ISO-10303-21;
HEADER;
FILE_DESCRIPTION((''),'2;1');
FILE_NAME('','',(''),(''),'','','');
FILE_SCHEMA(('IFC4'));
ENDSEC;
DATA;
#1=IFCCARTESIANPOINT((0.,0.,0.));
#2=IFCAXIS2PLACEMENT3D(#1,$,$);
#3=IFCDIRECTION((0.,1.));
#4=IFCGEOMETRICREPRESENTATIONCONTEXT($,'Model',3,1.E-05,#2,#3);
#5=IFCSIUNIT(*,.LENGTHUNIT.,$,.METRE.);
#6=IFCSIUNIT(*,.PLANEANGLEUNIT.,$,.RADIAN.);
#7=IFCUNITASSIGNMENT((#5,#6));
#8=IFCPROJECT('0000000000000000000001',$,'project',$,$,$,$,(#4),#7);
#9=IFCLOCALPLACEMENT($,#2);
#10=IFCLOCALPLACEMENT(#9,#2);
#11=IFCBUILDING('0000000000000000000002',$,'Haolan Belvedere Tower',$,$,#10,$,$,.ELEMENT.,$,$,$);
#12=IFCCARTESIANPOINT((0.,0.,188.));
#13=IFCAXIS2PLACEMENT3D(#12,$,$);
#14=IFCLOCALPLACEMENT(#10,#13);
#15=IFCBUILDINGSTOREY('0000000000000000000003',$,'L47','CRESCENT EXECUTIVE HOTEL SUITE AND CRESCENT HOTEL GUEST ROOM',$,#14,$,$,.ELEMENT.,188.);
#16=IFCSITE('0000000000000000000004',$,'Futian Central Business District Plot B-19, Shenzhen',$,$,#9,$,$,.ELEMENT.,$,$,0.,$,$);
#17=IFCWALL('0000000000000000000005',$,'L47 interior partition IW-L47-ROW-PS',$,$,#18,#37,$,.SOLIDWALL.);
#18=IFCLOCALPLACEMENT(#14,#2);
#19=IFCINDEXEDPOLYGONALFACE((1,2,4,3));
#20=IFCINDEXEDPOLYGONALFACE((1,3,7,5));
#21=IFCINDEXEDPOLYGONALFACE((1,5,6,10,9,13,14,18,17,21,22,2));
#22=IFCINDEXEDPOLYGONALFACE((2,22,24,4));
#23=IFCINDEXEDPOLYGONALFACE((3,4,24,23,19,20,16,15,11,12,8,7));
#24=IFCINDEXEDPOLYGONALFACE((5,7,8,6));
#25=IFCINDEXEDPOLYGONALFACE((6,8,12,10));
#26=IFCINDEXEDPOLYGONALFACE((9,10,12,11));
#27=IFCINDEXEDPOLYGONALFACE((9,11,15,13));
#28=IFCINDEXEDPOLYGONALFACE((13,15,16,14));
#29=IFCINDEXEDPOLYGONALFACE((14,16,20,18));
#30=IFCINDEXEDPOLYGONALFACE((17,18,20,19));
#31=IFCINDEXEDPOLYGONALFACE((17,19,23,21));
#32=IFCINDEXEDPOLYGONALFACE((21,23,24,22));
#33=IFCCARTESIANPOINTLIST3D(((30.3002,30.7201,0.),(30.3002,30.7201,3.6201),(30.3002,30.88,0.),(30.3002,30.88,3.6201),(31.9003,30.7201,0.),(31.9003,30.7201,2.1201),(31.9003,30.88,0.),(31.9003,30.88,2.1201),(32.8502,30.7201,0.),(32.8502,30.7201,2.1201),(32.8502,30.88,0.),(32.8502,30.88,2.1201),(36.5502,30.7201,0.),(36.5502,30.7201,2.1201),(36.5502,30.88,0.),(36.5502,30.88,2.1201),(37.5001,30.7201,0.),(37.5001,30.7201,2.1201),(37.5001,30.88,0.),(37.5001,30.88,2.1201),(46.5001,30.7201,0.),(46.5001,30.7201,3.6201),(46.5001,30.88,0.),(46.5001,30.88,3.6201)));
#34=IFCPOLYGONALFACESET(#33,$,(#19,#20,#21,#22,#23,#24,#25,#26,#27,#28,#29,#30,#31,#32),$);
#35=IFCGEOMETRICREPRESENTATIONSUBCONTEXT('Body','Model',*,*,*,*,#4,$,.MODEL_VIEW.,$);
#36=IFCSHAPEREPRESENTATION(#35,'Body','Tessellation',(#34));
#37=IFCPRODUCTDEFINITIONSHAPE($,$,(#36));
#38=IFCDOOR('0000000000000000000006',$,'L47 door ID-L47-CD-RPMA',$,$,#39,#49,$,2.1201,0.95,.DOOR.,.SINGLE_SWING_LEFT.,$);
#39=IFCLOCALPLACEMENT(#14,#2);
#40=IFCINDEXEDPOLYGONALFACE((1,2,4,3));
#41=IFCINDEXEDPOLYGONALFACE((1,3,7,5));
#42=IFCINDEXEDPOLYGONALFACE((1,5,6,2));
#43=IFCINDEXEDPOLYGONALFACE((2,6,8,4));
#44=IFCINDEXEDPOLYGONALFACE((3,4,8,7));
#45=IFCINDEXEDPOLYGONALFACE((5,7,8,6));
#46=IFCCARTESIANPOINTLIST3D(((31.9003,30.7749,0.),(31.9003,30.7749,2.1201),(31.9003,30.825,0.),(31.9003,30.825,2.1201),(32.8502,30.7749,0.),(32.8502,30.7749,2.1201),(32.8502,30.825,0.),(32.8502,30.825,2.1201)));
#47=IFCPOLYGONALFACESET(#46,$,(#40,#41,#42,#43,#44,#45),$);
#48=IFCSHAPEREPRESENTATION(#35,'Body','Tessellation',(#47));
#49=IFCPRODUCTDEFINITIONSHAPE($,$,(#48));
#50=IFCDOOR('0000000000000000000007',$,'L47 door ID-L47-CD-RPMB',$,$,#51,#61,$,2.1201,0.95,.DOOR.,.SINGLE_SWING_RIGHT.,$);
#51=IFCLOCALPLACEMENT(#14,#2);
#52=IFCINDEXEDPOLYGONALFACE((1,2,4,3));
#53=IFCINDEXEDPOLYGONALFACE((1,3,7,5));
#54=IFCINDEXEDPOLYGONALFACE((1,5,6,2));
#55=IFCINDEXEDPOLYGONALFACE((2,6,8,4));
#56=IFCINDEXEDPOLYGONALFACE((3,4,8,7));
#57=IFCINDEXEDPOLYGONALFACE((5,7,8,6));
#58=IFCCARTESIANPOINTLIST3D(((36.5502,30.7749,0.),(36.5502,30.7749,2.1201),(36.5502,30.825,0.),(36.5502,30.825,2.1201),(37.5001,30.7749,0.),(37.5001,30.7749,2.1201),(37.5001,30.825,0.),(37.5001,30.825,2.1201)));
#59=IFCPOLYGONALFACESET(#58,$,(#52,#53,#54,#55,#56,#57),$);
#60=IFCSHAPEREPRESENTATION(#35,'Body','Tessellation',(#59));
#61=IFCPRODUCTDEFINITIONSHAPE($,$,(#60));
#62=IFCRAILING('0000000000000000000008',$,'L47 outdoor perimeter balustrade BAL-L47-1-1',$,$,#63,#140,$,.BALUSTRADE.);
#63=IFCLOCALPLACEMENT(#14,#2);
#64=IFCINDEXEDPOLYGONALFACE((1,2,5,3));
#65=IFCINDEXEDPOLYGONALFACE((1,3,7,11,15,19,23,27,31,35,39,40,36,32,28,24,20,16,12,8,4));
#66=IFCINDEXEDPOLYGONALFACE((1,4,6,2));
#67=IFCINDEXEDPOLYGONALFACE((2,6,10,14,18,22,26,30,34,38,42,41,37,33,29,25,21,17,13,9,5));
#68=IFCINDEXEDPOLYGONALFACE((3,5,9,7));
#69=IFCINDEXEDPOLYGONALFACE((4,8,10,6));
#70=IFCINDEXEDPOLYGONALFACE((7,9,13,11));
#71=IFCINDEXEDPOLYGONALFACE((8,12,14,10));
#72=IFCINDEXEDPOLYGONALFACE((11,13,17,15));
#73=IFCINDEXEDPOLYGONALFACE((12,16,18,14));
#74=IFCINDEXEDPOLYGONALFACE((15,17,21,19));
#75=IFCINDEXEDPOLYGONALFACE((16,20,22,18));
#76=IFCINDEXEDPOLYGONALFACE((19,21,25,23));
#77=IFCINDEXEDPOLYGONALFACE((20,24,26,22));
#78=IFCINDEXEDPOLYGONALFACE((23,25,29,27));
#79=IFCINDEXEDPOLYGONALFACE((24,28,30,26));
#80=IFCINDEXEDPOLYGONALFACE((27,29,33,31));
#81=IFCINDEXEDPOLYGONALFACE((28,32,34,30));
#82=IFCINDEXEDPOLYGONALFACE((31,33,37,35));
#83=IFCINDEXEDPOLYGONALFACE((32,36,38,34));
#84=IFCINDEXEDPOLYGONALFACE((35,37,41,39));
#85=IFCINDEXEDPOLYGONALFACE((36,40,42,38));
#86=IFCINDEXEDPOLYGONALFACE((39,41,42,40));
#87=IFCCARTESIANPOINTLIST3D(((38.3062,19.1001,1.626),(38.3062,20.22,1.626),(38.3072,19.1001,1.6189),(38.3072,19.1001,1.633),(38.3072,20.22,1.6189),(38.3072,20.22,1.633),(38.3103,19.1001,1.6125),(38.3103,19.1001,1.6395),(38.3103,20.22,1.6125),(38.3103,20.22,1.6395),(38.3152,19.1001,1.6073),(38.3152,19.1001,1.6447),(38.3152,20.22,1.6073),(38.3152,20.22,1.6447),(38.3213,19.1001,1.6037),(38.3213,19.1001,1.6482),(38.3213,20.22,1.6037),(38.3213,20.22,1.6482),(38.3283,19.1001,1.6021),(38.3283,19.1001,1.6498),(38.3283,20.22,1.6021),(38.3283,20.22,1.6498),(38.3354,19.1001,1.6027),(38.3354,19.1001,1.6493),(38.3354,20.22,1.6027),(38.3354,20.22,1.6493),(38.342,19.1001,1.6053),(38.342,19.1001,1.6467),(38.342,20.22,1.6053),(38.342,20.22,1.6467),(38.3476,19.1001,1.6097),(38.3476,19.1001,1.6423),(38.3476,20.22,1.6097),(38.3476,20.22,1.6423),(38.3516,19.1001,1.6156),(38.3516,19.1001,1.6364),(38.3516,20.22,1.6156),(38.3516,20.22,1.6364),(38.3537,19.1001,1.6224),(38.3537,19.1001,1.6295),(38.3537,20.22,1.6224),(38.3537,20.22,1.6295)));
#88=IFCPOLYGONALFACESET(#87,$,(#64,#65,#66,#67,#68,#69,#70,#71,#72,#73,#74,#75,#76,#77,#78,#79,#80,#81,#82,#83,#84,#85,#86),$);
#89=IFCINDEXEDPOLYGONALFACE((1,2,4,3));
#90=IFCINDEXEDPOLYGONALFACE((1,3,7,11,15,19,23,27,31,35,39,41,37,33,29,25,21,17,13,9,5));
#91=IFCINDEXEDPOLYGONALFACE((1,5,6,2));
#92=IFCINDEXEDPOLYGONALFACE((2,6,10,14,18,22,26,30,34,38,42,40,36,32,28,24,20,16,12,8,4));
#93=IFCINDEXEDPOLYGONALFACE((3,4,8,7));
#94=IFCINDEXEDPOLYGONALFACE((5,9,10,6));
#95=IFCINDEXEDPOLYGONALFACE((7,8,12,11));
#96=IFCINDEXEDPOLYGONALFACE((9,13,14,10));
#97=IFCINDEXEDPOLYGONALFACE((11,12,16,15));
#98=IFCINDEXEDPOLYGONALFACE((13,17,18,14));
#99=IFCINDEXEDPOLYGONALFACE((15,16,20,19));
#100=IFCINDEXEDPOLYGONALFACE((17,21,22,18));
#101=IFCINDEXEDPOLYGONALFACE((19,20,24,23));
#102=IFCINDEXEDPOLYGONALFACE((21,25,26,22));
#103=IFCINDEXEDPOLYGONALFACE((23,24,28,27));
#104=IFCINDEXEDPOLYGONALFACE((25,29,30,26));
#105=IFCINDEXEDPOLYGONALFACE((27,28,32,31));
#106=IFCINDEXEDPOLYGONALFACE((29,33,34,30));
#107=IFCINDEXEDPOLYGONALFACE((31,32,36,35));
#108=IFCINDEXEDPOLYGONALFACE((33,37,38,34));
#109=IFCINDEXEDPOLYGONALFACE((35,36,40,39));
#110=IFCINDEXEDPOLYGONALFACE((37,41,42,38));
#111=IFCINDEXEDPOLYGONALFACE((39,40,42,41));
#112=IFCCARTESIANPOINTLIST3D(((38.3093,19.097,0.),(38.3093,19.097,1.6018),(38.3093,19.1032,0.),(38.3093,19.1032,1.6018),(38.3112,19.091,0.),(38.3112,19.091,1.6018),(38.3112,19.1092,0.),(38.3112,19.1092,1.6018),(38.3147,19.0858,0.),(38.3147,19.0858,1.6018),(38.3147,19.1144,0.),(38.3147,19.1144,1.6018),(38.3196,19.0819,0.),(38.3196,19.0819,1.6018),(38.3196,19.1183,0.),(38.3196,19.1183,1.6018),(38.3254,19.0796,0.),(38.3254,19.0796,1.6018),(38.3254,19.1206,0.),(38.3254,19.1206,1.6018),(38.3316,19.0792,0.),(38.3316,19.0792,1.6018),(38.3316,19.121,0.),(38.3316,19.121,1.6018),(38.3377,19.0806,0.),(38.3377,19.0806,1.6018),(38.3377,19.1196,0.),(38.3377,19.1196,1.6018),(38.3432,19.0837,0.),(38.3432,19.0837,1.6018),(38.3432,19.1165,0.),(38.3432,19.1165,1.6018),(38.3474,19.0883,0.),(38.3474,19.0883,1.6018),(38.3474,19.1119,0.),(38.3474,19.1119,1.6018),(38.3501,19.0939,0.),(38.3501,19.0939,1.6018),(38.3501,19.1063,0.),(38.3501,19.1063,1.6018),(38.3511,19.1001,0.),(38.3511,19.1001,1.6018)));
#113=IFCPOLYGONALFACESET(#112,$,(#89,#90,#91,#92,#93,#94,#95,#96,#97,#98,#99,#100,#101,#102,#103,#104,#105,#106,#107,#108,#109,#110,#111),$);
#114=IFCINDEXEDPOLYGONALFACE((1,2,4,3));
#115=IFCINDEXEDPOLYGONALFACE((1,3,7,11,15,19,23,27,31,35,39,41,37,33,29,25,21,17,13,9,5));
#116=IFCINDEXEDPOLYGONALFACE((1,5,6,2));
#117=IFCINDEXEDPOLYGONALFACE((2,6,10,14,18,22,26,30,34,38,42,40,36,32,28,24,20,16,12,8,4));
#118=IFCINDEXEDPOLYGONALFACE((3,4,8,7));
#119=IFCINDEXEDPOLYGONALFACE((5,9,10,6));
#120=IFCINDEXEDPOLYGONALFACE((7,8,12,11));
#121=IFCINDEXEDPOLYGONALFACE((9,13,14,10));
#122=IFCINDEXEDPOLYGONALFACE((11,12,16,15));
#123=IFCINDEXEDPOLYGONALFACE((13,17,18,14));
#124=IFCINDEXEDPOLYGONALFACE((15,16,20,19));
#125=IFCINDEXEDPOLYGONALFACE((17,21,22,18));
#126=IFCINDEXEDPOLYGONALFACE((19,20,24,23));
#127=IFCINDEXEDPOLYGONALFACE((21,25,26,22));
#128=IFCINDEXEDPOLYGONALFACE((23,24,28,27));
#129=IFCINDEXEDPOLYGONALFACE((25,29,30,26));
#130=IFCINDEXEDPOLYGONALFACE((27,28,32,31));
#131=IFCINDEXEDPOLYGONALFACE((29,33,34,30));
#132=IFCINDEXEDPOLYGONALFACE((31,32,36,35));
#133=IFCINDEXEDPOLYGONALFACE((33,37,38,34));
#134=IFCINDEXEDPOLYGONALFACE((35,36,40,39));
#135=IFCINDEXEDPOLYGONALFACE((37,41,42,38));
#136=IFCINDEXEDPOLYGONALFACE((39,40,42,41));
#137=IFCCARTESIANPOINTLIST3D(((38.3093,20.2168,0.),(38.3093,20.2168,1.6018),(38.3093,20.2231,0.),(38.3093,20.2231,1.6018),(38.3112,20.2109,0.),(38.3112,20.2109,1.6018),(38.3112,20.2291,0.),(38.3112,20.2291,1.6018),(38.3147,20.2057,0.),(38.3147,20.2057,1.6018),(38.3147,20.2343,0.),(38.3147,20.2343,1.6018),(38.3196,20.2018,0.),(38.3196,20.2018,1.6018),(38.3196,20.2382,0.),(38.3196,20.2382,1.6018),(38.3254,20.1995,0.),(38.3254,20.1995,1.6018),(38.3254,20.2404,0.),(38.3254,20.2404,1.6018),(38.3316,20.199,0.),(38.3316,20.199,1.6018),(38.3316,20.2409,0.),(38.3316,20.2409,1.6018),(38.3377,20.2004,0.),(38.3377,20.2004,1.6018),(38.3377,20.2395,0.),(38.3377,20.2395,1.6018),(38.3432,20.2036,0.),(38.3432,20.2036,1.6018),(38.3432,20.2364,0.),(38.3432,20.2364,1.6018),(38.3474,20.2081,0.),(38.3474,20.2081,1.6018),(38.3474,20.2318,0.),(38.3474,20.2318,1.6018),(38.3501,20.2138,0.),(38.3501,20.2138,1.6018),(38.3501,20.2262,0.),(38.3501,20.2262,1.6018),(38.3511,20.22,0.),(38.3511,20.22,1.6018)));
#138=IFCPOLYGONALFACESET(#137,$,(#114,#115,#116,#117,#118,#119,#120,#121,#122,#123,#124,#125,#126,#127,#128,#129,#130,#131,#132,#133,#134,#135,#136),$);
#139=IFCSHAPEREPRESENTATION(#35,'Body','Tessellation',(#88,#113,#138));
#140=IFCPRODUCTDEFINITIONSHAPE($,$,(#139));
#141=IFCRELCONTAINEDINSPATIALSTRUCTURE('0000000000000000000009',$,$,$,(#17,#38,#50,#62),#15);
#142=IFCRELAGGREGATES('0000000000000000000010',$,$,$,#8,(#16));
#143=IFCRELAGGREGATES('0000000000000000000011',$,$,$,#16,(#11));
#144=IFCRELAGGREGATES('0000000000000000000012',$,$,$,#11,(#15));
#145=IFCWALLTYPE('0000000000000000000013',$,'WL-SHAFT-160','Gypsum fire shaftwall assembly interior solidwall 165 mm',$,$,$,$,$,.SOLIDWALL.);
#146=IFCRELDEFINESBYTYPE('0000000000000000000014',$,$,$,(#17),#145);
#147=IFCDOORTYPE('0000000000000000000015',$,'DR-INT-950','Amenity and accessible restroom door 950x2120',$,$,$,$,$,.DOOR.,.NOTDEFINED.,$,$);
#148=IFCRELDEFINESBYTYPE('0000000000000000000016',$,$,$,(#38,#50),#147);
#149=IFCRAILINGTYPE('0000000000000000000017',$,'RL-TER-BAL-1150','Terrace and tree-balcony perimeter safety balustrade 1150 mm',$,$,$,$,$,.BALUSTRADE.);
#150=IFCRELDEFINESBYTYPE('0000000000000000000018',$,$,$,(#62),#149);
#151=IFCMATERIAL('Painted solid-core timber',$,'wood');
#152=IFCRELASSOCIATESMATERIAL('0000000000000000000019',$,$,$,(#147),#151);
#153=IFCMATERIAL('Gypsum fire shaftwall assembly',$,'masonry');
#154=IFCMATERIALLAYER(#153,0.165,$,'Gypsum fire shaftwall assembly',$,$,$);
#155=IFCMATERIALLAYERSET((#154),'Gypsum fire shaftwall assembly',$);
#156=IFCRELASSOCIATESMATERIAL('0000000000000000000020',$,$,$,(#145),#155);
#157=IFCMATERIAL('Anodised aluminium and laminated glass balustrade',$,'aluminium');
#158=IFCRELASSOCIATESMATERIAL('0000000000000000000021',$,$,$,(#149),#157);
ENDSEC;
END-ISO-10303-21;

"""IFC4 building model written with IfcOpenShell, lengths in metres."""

from ifc_helpers import new_model, si_unit, direction, frame, frame_2d, origin, origin_2d, place, context, subcontext, project, spatial, rectangle, circle, extrude, material, layer, layer_set, type_object, element, fill, save


model = new_model("IFC4")

# Units and contexts
model_context = context("Model", 3, precision=1e-05, world=origin(), true_north=direction((0.0, 1.0)))
body_context = subcontext(model_context, "Body", "Model", "MODEL_VIEW")
ifc_project = project(units=[si_unit("LENGTHUNIT", "METRE"), si_unit("PLANEANGLEUNIT", "RADIAN")], contexts=[model_context])

# Site, building, storey
site_placement = place(None, origin())
site = spatial("IfcSite", under=ifc_project, at=site_placement, Name="Futian Central Business District Plot B-19, Shenzhen", CompositionType="ELEMENT", RefElevation=0.0)
building_placement = place(site_placement, origin())
building = spatial("IfcBuilding", under=site, at=building_placement, Name="Haolan Belvedere Tower", CompositionType="ELEMENT")
storey_placement = place(building_placement, frame((0.0, 0.0, 188.0)))
storey = spatial("IfcBuildingStorey", under=building, at=storey_placement, Name="L47", Description="CRESCENT EXECUTIVE HOTEL SUITE AND CRESCENT HOTEL GUEST ROOM", CompositionType="ELEMENT", Elevation=188.0)

# Shared definitions
ifc_material_1 = material(Name="Painted solid-core timber", Category="wood")
door_type_1 = type_object("IfcDoorType", Name="DR-INT-950", Description="Amenity and accessible restroom door 950x2120", OperationType="NOTDEFINED", PredefinedType="DOOR", material=ifc_material_1)

# Wall, openings, doors
ifc_material_2 = material(Name="Gypsum fire shaftwall assembly", Category="masonry")
ifc_layer_1 = layer(ifc_material_2, 0.165, Name="Gypsum fire shaftwall assembly")
ifc_layer_set_1 = layer_set([ifc_layer_1], Name="Gypsum fire shaftwall assembly")
wall_type_1 = type_object("IfcWallType", Name="WL-SHAFT-160", Description="Gypsum fire shaftwall assembly interior solidwall 165 mm", PredefinedType="SOLIDWALL", material=ifc_layer_set_1)
wall_1_placement = place(storey_placement, frame((30.3, 30.8, 0.0), z_axis=(0.0, 0.0, 1.0), x_axis=(1.0, 0.0, 0.0)))
wall_1 = element("IfcWall", 1, at=wall_1_placement, inside=storey, type_object=wall_type_1, Name="L47 interior partition IW-L47-ROW-PS", PredefinedType="SOLIDWALL", context=body_context, shape_type="SweptSolid", body=[
    extrude(rectangle(XDim=16.2, YDim=0.1599, at=frame_2d((8.1001, 0.0))), origin(), (0.0, 0.0, 1.0), 3.6201),
])
opening_1_placement = place(wall_1_placement, frame((1.6001, 0.0, 0.0)))
opening_1 = element("IfcOpeningElement", 2, at=opening_1_placement, cuts=wall_1, PredefinedType="OPENING", context=body_context, shape_type="SweptSolid", body=[
    extrude(rectangle(XDim=0.95, YDim=2.1201, at=frame_2d((0.4751, 1.0601))), frame((0.0, 0.0898, 0.0), z_axis=(0.0, -1.0, 0.0), x_axis=(1.0, 0.0, 0.0)), (0.0, 0.0, 1.0), 0.1799),
])
opening_2_placement = place(wall_1_placement, frame((6.25, 0.0, 0.0)))
opening_2 = element("IfcOpeningElement", 3, at=opening_2_placement, cuts=wall_1, PredefinedType="OPENING", context=body_context, shape_type="SweptSolid", body=[
    extrude(rectangle(XDim=0.95, YDim=2.1201, at=frame_2d((0.4751, 1.0601))), frame((0.0, 0.0898, 0.0), z_axis=(0.0, -1.0, 0.0), x_axis=(1.0, 0.0, 0.0)), (0.0, 0.0, 1.0), 0.1799),
])
door_1_placement = place(opening_1_placement, origin())
door_1 = element("IfcDoor", 4, at=door_1_placement, inside=storey, type_object=door_type_1, Name="L47 door ID-L47-CD-RPMA", OperationType="SINGLE_SWING_LEFT", OverallHeight=2.1201, OverallWidth=0.95, PredefinedType="DOOR", context=body_context, shape_type="SweptSolid", body=[
    extrude(rectangle(XDim=0.95, YDim=2.1201, at=frame_2d((0.4751, 1.0601))), frame((0.0, 0.0249, 0.0), z_axis=(0.0, -1.0, 0.0), x_axis=(1.0, 0.0, 0.0)), (0.0, 0.0, 1.0), 0.05),
])
fill(opening_1, door_1)
door_2_placement = place(opening_2_placement, origin())
door_2 = element("IfcDoor", 5, at=door_2_placement, inside=storey, type_object=door_type_1, Name="L47 door ID-L47-CD-RPMB", OperationType="SINGLE_SWING_RIGHT", OverallHeight=2.1201, OverallWidth=0.95, PredefinedType="DOOR", context=body_context, shape_type="SweptSolid", body=[
    extrude(rectangle(XDim=0.95, YDim=2.1201, at=frame_2d((0.4751, 1.0601))), frame((0.0, 0.0249, 0.0), z_axis=(0.0, -1.0, 0.0), x_axis=(1.0, 0.0, 0.0)), (0.0, 0.0, 1.0), 0.05),
])
fill(opening_2, door_2)

# Railing
ifc_material_3 = material(Name="Anodised aluminium and laminated glass balustrade", Category="aluminium")
railing_type = type_object("IfcRailingType", Name="RL-TER-BAL-1150", Description="Terrace and tree-balcony perimeter safety balustrade 1150 mm", PredefinedType="BALUSTRADE", material=ifc_material_3)
railing_placement = place(storey_placement, frame((38.3301, 19.1001, 0.0)))
element("IfcRailing", 6, at=railing_placement, inside=storey, type_object=railing_type, Name="L47 outdoor perimeter balustrade BAL-L47-1-1", PredefinedType="BALUSTRADE", context=body_context, shape_type="SweptSolid", body=[
    extrude(circle(Radius=0.0239, at=origin_2d()), frame((0.0, 0.0, 1.626), z_axis=(0.0, 1.0, 0.0), x_axis=(-1.0, 0.0, 0.0)), (0.0, 0.0, 1.0), 1.1199),
    extrude(circle(Radius=0.021, at=origin_2d()), origin(), (0.0, 0.0, 1.0), 1.6018),
    extrude(circle(Radius=0.021, at=origin_2d()), frame((0.0, 1.1199, 0.0)), (0.0, 0.0, 1.0), 1.6018),
])

save(model, "model.ifc")
